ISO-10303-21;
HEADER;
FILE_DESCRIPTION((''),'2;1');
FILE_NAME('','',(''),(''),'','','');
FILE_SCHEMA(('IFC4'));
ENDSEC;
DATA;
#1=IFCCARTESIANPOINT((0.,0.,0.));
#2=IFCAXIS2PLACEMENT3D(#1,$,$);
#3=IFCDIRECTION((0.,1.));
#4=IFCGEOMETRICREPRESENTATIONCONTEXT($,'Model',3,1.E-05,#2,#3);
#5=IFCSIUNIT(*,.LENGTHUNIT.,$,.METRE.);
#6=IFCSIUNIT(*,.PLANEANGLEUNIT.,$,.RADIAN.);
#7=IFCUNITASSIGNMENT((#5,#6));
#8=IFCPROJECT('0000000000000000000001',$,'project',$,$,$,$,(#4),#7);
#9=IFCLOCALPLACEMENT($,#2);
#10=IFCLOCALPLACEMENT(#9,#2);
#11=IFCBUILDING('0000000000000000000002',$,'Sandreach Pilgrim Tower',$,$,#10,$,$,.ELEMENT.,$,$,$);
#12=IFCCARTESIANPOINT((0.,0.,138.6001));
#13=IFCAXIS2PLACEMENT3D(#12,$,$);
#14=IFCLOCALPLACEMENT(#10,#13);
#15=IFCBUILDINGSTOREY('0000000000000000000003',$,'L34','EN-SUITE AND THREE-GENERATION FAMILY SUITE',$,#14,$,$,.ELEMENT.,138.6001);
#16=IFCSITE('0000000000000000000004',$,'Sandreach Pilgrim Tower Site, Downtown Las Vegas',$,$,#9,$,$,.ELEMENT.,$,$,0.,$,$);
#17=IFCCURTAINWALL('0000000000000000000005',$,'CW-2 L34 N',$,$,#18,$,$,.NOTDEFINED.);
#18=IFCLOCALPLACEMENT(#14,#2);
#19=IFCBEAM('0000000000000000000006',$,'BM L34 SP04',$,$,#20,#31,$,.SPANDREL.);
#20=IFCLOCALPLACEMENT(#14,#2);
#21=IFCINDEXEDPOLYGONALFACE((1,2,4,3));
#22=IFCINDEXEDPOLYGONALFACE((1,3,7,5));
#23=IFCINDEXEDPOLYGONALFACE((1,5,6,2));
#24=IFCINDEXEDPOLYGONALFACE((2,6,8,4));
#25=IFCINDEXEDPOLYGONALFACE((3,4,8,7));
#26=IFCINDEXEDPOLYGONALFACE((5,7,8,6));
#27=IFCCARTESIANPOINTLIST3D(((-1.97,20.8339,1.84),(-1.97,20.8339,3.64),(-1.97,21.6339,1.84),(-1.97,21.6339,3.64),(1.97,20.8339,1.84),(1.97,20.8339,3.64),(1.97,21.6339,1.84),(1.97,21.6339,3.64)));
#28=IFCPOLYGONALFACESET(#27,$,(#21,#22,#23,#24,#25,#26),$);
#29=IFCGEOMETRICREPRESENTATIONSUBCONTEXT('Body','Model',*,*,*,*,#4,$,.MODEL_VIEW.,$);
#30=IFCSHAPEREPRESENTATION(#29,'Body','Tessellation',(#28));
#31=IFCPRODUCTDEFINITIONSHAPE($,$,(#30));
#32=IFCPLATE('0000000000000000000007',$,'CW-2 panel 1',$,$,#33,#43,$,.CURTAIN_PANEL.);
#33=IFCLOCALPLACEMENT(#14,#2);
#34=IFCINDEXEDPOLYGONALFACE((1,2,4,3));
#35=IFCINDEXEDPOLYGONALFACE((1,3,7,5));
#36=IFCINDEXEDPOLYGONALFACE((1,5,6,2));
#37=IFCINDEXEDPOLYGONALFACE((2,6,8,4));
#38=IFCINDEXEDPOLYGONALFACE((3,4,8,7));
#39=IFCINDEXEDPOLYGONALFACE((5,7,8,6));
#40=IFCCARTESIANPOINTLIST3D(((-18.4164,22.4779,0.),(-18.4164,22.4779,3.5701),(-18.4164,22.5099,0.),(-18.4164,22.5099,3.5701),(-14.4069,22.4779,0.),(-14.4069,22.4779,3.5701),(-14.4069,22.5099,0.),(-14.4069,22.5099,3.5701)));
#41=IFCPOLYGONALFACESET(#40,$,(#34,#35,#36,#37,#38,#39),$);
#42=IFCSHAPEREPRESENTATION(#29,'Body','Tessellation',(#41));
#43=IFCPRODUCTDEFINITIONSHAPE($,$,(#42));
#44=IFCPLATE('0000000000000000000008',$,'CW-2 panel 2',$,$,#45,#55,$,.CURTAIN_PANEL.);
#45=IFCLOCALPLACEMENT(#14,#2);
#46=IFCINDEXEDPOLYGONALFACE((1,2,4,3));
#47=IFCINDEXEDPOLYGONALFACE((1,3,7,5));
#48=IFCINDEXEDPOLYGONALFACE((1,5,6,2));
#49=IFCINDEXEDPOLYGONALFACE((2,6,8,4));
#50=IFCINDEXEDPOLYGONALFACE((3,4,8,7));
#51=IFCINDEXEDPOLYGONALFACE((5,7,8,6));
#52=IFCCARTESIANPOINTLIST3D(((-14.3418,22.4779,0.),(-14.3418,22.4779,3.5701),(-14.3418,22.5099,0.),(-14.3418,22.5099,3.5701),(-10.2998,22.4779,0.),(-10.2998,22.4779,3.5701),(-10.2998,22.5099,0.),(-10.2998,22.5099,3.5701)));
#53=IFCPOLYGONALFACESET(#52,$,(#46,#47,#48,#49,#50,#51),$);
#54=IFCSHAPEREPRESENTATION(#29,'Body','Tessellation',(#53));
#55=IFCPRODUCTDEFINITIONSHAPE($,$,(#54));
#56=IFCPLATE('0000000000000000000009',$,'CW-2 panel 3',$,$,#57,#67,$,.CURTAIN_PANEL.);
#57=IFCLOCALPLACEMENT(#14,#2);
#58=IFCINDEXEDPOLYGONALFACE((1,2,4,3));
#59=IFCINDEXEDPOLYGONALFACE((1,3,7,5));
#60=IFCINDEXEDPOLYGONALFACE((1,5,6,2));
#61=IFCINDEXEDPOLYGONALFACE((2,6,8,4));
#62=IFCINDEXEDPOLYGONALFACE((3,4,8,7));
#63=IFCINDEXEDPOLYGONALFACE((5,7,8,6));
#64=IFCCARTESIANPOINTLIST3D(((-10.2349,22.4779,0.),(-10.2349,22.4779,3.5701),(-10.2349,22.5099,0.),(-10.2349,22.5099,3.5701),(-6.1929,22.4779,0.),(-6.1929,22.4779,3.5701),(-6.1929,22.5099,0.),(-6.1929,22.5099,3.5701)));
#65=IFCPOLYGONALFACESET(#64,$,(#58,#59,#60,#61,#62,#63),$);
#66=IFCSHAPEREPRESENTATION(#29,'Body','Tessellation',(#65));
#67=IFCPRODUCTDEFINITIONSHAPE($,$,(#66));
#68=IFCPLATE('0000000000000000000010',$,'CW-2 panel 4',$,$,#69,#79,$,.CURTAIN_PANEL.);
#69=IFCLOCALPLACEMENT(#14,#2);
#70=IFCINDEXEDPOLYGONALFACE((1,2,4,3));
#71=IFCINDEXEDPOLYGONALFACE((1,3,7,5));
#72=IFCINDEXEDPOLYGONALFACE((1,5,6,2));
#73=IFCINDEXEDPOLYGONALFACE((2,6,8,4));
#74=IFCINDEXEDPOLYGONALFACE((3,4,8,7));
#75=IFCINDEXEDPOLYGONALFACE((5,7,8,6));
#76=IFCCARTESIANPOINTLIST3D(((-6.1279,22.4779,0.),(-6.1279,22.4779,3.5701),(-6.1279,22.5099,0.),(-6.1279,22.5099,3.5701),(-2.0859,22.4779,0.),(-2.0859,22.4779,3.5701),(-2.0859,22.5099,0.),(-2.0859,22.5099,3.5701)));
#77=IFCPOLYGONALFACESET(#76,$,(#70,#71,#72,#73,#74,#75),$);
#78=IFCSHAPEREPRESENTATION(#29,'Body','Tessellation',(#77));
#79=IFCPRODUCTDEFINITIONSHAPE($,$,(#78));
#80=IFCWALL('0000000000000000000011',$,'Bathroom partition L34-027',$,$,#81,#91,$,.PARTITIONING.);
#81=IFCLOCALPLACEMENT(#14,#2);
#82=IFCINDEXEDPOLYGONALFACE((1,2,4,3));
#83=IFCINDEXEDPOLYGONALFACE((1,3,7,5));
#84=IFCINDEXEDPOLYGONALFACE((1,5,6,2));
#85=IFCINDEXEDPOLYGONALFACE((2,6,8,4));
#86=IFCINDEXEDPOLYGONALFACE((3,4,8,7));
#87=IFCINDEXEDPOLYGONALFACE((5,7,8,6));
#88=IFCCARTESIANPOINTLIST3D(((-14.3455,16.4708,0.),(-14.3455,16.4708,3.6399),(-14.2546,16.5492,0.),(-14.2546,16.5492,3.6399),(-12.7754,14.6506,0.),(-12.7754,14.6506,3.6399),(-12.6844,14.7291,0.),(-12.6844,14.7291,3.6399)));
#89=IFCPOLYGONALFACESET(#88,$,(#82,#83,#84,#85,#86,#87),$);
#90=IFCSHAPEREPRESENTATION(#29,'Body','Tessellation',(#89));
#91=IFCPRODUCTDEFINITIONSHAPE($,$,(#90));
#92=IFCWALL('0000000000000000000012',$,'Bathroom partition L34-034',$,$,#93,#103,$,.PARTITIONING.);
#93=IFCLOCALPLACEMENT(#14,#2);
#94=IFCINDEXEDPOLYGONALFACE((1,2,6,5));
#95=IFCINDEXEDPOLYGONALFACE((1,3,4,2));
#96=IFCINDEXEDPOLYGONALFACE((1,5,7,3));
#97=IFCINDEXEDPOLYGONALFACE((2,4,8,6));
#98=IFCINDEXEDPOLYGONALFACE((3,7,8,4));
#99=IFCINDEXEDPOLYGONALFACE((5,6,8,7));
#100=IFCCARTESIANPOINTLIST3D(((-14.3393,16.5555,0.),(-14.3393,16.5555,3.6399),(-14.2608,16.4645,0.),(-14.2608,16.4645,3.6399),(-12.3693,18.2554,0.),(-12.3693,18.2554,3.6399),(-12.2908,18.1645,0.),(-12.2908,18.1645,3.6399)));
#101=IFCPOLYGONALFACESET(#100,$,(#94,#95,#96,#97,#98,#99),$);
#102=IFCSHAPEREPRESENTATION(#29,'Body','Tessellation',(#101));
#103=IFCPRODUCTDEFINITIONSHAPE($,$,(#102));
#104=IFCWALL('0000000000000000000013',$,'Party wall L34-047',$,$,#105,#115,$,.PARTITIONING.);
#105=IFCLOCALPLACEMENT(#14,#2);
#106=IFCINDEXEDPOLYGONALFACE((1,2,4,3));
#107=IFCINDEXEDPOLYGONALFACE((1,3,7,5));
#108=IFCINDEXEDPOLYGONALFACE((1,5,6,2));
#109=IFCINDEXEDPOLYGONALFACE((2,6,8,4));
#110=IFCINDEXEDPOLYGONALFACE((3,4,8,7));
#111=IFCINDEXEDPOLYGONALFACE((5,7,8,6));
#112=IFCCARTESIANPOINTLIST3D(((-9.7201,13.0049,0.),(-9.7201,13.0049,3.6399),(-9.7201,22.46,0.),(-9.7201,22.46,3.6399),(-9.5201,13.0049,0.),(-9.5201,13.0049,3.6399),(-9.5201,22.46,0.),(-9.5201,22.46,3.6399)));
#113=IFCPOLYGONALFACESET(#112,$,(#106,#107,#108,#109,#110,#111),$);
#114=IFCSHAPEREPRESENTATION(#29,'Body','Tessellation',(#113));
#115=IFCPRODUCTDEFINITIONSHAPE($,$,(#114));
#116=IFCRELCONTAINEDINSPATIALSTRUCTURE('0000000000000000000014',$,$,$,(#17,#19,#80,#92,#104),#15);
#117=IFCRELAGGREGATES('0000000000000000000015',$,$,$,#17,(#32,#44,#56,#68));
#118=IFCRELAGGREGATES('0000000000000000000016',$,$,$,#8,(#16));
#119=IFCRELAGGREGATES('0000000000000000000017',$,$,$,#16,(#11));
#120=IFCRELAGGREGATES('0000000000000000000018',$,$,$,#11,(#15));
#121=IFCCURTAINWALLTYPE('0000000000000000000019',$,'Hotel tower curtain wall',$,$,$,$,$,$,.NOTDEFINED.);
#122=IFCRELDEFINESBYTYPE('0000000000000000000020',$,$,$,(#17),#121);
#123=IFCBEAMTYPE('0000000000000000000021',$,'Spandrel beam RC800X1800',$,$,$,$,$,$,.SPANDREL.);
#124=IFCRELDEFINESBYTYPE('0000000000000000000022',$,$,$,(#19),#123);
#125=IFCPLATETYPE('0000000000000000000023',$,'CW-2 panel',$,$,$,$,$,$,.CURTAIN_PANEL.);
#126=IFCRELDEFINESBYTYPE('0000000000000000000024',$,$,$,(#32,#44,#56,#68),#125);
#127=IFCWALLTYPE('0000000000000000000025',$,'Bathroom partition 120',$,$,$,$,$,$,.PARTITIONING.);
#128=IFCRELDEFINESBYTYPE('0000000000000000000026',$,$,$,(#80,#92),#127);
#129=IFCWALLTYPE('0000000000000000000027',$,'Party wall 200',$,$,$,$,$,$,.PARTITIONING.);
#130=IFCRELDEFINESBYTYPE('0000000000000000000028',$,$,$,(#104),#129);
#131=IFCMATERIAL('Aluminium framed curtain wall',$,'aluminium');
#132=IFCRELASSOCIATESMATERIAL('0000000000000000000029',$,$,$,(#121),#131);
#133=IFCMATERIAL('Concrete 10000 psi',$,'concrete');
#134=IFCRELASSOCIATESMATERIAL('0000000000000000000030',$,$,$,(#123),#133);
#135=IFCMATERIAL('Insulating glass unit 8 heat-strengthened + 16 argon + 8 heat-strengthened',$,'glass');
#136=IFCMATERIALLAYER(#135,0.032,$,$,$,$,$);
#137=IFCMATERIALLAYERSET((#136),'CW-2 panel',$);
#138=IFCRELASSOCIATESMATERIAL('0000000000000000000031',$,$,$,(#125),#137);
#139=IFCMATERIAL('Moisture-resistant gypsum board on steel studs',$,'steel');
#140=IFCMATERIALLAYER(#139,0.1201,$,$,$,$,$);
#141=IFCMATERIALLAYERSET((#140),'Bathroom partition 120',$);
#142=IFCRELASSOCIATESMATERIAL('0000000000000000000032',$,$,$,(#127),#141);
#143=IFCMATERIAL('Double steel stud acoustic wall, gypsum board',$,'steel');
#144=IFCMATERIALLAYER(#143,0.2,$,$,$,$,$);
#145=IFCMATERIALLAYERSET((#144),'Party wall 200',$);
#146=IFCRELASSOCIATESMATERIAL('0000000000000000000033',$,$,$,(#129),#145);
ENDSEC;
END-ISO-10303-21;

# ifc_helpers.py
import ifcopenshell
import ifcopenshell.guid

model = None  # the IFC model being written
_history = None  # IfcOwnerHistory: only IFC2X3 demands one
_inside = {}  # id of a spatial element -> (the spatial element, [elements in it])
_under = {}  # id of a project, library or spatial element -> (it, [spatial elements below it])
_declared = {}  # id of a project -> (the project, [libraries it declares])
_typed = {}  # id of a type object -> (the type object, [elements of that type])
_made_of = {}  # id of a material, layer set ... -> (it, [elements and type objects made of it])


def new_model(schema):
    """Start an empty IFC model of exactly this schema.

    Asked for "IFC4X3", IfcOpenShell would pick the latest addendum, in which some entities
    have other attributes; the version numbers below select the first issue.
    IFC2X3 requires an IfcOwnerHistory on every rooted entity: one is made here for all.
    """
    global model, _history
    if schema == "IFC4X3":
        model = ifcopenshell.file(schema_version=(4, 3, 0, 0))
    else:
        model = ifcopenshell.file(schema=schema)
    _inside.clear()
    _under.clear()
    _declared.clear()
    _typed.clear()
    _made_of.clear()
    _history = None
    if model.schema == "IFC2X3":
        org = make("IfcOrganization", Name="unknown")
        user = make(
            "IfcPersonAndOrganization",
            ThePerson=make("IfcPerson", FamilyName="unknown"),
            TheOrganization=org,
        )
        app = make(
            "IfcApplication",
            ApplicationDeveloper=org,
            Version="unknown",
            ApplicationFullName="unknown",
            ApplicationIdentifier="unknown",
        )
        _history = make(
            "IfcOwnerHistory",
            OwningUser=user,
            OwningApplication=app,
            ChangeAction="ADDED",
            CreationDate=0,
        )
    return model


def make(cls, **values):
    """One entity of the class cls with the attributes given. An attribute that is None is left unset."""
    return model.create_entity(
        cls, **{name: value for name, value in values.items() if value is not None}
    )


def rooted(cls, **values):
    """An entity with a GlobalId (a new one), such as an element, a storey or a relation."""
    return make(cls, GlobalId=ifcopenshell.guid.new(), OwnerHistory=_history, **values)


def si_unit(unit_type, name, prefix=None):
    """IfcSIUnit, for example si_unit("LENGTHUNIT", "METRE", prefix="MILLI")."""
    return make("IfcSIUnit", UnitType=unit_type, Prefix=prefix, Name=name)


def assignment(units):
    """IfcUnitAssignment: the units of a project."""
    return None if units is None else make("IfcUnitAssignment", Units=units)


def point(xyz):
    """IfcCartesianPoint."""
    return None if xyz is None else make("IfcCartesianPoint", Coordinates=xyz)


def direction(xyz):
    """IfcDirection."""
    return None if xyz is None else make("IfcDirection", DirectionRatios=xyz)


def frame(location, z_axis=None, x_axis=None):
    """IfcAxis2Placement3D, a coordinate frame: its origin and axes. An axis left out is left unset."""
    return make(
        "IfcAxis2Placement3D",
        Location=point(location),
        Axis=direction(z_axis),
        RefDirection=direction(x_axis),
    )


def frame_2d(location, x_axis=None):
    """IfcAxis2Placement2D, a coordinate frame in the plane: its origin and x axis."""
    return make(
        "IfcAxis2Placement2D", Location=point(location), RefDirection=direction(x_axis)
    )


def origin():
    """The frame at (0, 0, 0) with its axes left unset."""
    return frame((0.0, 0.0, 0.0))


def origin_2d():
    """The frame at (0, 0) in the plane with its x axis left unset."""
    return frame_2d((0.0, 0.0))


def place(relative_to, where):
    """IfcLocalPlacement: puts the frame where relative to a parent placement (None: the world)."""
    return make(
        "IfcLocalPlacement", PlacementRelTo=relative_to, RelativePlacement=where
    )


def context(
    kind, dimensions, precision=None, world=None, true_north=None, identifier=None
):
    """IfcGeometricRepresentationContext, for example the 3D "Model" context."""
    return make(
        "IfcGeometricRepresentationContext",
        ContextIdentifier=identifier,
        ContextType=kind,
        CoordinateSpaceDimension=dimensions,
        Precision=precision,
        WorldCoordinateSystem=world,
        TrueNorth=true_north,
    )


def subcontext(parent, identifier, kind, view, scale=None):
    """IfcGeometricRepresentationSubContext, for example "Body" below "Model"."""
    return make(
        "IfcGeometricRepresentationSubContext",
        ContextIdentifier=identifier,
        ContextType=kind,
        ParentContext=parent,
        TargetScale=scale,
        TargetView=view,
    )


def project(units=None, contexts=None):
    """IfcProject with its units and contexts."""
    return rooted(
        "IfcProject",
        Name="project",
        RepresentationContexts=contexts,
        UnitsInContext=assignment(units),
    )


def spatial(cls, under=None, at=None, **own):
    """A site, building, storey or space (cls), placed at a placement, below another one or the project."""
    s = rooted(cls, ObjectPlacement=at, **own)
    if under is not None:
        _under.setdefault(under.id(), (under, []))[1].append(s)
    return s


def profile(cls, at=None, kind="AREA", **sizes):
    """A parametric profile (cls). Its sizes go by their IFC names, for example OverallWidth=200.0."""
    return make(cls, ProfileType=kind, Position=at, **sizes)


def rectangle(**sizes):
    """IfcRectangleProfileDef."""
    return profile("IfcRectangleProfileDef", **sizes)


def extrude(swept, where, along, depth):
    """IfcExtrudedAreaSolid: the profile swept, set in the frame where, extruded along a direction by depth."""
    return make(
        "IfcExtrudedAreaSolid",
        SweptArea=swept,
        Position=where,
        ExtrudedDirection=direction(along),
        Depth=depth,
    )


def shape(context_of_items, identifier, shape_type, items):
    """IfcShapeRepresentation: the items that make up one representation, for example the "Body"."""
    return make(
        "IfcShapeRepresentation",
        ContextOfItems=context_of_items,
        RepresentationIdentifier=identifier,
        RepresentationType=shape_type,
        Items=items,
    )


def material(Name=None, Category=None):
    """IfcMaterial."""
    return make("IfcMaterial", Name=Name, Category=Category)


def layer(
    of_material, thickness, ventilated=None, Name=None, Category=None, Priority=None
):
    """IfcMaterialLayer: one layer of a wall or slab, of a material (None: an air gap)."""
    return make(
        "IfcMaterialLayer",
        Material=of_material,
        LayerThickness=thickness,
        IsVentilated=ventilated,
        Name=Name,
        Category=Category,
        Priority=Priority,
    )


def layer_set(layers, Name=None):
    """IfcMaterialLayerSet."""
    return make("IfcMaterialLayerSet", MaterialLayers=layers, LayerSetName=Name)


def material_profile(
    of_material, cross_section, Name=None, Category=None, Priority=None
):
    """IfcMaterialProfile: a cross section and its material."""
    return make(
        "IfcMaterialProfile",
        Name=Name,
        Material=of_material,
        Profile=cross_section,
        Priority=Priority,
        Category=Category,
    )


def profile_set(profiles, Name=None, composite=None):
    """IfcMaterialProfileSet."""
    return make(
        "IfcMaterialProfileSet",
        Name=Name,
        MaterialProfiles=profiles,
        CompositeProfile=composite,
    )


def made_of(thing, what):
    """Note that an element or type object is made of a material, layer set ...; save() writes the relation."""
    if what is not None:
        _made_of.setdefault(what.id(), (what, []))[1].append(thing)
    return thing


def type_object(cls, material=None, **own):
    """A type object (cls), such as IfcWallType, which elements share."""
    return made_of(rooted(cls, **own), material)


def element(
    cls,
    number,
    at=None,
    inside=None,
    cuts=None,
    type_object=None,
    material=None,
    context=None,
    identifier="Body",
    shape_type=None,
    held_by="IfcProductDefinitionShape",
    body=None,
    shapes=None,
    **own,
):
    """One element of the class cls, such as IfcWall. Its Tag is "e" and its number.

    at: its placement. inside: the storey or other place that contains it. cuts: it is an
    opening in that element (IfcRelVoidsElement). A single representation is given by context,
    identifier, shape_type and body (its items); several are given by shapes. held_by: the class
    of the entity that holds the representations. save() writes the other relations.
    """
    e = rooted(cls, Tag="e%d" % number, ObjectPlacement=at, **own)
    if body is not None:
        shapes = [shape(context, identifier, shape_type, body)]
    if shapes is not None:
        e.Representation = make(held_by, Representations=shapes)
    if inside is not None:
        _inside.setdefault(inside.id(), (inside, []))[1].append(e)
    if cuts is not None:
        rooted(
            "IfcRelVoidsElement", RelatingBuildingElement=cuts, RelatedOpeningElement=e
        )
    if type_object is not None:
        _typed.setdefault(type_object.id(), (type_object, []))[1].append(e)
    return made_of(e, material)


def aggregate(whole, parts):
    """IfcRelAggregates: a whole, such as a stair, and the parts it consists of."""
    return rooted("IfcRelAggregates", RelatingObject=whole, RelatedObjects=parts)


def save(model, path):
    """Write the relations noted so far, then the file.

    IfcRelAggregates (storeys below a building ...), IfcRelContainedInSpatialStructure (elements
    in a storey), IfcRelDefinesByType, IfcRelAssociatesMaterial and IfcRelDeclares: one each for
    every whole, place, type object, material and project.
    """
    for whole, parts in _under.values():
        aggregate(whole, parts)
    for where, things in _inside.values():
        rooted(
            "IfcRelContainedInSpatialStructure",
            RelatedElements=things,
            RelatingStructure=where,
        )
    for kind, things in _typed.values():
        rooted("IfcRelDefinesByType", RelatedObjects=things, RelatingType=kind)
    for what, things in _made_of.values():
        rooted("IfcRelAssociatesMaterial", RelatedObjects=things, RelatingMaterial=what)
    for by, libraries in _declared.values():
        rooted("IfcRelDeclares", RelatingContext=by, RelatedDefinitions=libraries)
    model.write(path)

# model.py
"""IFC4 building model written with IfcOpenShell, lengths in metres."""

from ifc_helpers import new_model, si_unit, direction, frame, frame_2d, origin, origin_2d, place, context, subcontext, project, spatial, rectangle, extrude, material, layer, layer_set, material_profile, profile_set, type_object, element, aggregate, save


model = new_model("IFC4")

# Units and contexts
model_context = context("Model", 3, precision=1e-05, world=origin(), true_north=direction((0.0, 1.0)))
body_context = subcontext(model_context, "Body", "Model", "MODEL_VIEW")
ifc_project = project(units=[si_unit("LENGTHUNIT", "METRE"), si_unit("PLANEANGLEUNIT", "RADIAN")], contexts=[model_context])

# Site, building, storey
site_placement = place(None, origin())
site = spatial("IfcSite", under=ifc_project, at=site_placement, Name="Sandreach Pilgrim Tower Site, Downtown Las Vegas", CompositionType="ELEMENT", RefElevation=0.0)
building_placement = place(site_placement, origin())
building = spatial("IfcBuilding", under=site, at=building_placement, Name="Sandreach Pilgrim Tower", CompositionType="ELEMENT")
storey_placement = place(building_placement, frame((0.0, 0.0, 138.6001)))
storey = spatial("IfcBuildingStorey", under=building, at=storey_placement, Name="L34", Description="EN-SUITE AND THREE-GENERATION FAMILY SUITE", CompositionType="ELEMENT", Elevation=138.6001)

# Curtain wall
ifc_material_1 = material(Name="Aluminium framed curtain wall", Category="aluminium")
curtain_wall_type = type_object("IfcCurtainWallType", Name="Hotel tower curtain wall", PredefinedType="NOTDEFINED", material=ifc_material_1)
curtain_wall_placement = place(storey_placement, origin())
curtain_wall = element("IfcCurtainWall", 1, at=curtain_wall_placement, inside=storey, type_object=curtain_wall_type, Name="CW-2 L34 N", PredefinedType="NOTDEFINED")

# Beam
ifc_material_2 = material(Name="Concrete 10000 psi", Category="concrete")
ifc_material_profile_1 = material_profile(ifc_material_2, rectangle(XDim=0.8, YDim=1.8, at=origin_2d()), Name="RC800X1800")
ifc_profile_set_1 = profile_set([ifc_material_profile_1], Name="Concrete 10000 psi")
beam_type_1 = type_object("IfcBeamType", Name="Spandrel beam RC800X1800", PredefinedType="SPANDREL", material=ifc_profile_set_1)
for number, where, z_axis, x_axis, name in (
    (2, (-1.97, 21.2339, 2.74), (1.0, 0.0, 0.0), (0.0, 1.0, 0.0), "BM L34 SP04"),
):
    element("IfcBeam", number, at=place(storey_placement, frame(where, z_axis=z_axis, x_axis=x_axis)), inside=storey, type_object=beam_type_1, Name=name, PredefinedType="SPANDREL", context=body_context, shape_type="SweptSolid", body=[
        extrude(rectangle(XDim=0.8, YDim=1.8, at=origin_2d()), origin(), (0.0, 0.0, 1.0), 3.9399),
    ])

# Plates
ifc_material_3 = material(Name="Insulating glass unit 8 heat-strengthened + 16 argon + 8 heat-strengthened", Category="glass")
ifc_layer_1 = layer(ifc_material_3, 0.032)
ifc_layer_set_1 = layer_set([ifc_layer_1], Name="CW-2 panel")
plate_type = type_object("IfcPlateType", Name="CW-2 panel", PredefinedType="CURTAIN_PANEL", material=ifc_layer_set_1)
plate_1_placement = place(storey_placement, frame((-16.4116, 22.4939, 0.0), z_axis=(0.0, 0.0, 1.0), x_axis=(1.0, 0.0, 0.0)))
plate_1 = element("IfcPlate", 3, at=plate_1_placement, type_object=plate_type, Name="CW-2 panel 1", PredefinedType="CURTAIN_PANEL", context=body_context, shape_type="SweptSolid", body=[
    extrude(rectangle(XDim=4.0095, YDim=0.032, at=origin_2d()), origin(), (0.0, 0.0, 1.0), 3.5701),
])
plate_2_placement = place(storey_placement, frame((-12.3208, 22.4939, 0.0), z_axis=(0.0, 0.0, 1.0), x_axis=(1.0, 0.0, 0.0)))
plate_2 = element("IfcPlate", 4, at=plate_2_placement, type_object=plate_type, Name="CW-2 panel 2", PredefinedType="CURTAIN_PANEL", context=body_context, shape_type="SweptSolid", body=[
    extrude(rectangle(XDim=4.042, YDim=0.032, at=origin_2d()), origin(), (0.0, 0.0, 1.0), 3.5701),
])
plate_3_placement = place(storey_placement, frame((-8.2139, 22.4939, 0.0), z_axis=(0.0, 0.0, 1.0), x_axis=(1.0, 0.0, 0.0)))
plate_3 = element("IfcPlate", 5, at=plate_3_placement, type_object=plate_type, Name="CW-2 panel 3", PredefinedType="CURTAIN_PANEL", context=body_context, shape_type="SweptSolid", body=[
    extrude(rectangle(XDim=4.042, YDim=0.032, at=origin_2d()), origin(), (0.0, 0.0, 1.0), 3.5701),
])
plate_4_placement = place(storey_placement, frame((-4.1069, 22.4939, 0.0), z_axis=(0.0, 0.0, 1.0), x_axis=(1.0, 0.0, 0.0)))
plate_4 = element("IfcPlate", 6, at=plate_4_placement, type_object=plate_type, Name="CW-2 panel 4", PredefinedType="CURTAIN_PANEL", context=body_context, shape_type="SweptSolid", body=[
    extrude(rectangle(XDim=4.042, YDim=0.032, at=origin_2d()), origin(), (0.0, 0.0, 1.0), 3.5701),
])
aggregate(curtain_wall, [plate_1, plate_2, plate_3, plate_4])

# Walls
ifc_material_4 = material(Name="Moisture-resistant gypsum board on steel studs", Category="steel")
ifc_layer_2 = layer(ifc_material_4, 0.1201)
ifc_layer_set_2 = layer_set([ifc_layer_2], Name="Bathroom partition 120")
wall_type_1 = type_object("IfcWallType", Name="Bathroom partition 120", PredefinedType="PARTITIONING", material=ifc_layer_set_2)
wall_1_placement = place(storey_placement, frame((-14.3, 16.51, 0.0), z_axis=(0.0, 0.0, 1.0), x_axis=(0.653189, -0.757195, 0.0)))
element("IfcWall", 7, at=wall_1_placement, inside=storey, type_object=wall_type_1, Name="Bathroom partition L34-027", PredefinedType="PARTITIONING", context=body_context, shape_type="SweptSolid", body=[
    extrude(rectangle(XDim=2.4038, YDim=0.1201, at=frame_2d((1.2019, 0.0))), origin(), (0.0, 0.0, 1.0), 3.6399),
])
wall_2_placement = place(storey_placement, frame((-12.3301, 18.21, 0.0), z_axis=(0.0, 0.0, 1.0), x_axis=(-0.757087, -0.653314, 0.0)))
element("IfcWall", 8, at=wall_2_placement, inside=storey, type_object=wall_type_1, Name="Bathroom partition L34-034", PredefinedType="PARTITIONING", context=body_context, shape_type="SweptSolid", body=[
    extrude(rectangle(XDim=2.6021, YDim=0.1201, at=frame_2d((1.301, 0.0))), origin(), (0.0, 0.0, 1.0), 3.6399),
])

# Wall
ifc_material_5 = material(Name="Double steel stud acoustic wall, gypsum board", Category="steel")
ifc_layer_3 = layer(ifc_material_5, 0.2)
ifc_layer_set_3 = layer_set([ifc_layer_3], Name="Party wall 200")
wall_type_2 = type_object("IfcWallType", Name="Party wall 200", PredefinedType="PARTITIONING", material=ifc_layer_set_3)
wall_3_placement = place(storey_placement, frame((-9.6201, 22.46, 0.0), z_axis=(0.0, 0.0, 1.0), x_axis=(0.0, -1.0, 0.0)))
element("IfcWall", 9, at=wall_3_placement, inside=storey, type_object=wall_type_2, Name="Party wall L34-047", PredefinedType="PARTITIONING", context=body_context, shape_type="SweptSolid", body=[
    extrude(rectangle(XDim=9.4551, YDim=0.2, at=frame_2d((4.7275, 0.0))), origin(), (0.0, 0.0, 1.0), 3.6399),
])

save(model, "model.ifc")
